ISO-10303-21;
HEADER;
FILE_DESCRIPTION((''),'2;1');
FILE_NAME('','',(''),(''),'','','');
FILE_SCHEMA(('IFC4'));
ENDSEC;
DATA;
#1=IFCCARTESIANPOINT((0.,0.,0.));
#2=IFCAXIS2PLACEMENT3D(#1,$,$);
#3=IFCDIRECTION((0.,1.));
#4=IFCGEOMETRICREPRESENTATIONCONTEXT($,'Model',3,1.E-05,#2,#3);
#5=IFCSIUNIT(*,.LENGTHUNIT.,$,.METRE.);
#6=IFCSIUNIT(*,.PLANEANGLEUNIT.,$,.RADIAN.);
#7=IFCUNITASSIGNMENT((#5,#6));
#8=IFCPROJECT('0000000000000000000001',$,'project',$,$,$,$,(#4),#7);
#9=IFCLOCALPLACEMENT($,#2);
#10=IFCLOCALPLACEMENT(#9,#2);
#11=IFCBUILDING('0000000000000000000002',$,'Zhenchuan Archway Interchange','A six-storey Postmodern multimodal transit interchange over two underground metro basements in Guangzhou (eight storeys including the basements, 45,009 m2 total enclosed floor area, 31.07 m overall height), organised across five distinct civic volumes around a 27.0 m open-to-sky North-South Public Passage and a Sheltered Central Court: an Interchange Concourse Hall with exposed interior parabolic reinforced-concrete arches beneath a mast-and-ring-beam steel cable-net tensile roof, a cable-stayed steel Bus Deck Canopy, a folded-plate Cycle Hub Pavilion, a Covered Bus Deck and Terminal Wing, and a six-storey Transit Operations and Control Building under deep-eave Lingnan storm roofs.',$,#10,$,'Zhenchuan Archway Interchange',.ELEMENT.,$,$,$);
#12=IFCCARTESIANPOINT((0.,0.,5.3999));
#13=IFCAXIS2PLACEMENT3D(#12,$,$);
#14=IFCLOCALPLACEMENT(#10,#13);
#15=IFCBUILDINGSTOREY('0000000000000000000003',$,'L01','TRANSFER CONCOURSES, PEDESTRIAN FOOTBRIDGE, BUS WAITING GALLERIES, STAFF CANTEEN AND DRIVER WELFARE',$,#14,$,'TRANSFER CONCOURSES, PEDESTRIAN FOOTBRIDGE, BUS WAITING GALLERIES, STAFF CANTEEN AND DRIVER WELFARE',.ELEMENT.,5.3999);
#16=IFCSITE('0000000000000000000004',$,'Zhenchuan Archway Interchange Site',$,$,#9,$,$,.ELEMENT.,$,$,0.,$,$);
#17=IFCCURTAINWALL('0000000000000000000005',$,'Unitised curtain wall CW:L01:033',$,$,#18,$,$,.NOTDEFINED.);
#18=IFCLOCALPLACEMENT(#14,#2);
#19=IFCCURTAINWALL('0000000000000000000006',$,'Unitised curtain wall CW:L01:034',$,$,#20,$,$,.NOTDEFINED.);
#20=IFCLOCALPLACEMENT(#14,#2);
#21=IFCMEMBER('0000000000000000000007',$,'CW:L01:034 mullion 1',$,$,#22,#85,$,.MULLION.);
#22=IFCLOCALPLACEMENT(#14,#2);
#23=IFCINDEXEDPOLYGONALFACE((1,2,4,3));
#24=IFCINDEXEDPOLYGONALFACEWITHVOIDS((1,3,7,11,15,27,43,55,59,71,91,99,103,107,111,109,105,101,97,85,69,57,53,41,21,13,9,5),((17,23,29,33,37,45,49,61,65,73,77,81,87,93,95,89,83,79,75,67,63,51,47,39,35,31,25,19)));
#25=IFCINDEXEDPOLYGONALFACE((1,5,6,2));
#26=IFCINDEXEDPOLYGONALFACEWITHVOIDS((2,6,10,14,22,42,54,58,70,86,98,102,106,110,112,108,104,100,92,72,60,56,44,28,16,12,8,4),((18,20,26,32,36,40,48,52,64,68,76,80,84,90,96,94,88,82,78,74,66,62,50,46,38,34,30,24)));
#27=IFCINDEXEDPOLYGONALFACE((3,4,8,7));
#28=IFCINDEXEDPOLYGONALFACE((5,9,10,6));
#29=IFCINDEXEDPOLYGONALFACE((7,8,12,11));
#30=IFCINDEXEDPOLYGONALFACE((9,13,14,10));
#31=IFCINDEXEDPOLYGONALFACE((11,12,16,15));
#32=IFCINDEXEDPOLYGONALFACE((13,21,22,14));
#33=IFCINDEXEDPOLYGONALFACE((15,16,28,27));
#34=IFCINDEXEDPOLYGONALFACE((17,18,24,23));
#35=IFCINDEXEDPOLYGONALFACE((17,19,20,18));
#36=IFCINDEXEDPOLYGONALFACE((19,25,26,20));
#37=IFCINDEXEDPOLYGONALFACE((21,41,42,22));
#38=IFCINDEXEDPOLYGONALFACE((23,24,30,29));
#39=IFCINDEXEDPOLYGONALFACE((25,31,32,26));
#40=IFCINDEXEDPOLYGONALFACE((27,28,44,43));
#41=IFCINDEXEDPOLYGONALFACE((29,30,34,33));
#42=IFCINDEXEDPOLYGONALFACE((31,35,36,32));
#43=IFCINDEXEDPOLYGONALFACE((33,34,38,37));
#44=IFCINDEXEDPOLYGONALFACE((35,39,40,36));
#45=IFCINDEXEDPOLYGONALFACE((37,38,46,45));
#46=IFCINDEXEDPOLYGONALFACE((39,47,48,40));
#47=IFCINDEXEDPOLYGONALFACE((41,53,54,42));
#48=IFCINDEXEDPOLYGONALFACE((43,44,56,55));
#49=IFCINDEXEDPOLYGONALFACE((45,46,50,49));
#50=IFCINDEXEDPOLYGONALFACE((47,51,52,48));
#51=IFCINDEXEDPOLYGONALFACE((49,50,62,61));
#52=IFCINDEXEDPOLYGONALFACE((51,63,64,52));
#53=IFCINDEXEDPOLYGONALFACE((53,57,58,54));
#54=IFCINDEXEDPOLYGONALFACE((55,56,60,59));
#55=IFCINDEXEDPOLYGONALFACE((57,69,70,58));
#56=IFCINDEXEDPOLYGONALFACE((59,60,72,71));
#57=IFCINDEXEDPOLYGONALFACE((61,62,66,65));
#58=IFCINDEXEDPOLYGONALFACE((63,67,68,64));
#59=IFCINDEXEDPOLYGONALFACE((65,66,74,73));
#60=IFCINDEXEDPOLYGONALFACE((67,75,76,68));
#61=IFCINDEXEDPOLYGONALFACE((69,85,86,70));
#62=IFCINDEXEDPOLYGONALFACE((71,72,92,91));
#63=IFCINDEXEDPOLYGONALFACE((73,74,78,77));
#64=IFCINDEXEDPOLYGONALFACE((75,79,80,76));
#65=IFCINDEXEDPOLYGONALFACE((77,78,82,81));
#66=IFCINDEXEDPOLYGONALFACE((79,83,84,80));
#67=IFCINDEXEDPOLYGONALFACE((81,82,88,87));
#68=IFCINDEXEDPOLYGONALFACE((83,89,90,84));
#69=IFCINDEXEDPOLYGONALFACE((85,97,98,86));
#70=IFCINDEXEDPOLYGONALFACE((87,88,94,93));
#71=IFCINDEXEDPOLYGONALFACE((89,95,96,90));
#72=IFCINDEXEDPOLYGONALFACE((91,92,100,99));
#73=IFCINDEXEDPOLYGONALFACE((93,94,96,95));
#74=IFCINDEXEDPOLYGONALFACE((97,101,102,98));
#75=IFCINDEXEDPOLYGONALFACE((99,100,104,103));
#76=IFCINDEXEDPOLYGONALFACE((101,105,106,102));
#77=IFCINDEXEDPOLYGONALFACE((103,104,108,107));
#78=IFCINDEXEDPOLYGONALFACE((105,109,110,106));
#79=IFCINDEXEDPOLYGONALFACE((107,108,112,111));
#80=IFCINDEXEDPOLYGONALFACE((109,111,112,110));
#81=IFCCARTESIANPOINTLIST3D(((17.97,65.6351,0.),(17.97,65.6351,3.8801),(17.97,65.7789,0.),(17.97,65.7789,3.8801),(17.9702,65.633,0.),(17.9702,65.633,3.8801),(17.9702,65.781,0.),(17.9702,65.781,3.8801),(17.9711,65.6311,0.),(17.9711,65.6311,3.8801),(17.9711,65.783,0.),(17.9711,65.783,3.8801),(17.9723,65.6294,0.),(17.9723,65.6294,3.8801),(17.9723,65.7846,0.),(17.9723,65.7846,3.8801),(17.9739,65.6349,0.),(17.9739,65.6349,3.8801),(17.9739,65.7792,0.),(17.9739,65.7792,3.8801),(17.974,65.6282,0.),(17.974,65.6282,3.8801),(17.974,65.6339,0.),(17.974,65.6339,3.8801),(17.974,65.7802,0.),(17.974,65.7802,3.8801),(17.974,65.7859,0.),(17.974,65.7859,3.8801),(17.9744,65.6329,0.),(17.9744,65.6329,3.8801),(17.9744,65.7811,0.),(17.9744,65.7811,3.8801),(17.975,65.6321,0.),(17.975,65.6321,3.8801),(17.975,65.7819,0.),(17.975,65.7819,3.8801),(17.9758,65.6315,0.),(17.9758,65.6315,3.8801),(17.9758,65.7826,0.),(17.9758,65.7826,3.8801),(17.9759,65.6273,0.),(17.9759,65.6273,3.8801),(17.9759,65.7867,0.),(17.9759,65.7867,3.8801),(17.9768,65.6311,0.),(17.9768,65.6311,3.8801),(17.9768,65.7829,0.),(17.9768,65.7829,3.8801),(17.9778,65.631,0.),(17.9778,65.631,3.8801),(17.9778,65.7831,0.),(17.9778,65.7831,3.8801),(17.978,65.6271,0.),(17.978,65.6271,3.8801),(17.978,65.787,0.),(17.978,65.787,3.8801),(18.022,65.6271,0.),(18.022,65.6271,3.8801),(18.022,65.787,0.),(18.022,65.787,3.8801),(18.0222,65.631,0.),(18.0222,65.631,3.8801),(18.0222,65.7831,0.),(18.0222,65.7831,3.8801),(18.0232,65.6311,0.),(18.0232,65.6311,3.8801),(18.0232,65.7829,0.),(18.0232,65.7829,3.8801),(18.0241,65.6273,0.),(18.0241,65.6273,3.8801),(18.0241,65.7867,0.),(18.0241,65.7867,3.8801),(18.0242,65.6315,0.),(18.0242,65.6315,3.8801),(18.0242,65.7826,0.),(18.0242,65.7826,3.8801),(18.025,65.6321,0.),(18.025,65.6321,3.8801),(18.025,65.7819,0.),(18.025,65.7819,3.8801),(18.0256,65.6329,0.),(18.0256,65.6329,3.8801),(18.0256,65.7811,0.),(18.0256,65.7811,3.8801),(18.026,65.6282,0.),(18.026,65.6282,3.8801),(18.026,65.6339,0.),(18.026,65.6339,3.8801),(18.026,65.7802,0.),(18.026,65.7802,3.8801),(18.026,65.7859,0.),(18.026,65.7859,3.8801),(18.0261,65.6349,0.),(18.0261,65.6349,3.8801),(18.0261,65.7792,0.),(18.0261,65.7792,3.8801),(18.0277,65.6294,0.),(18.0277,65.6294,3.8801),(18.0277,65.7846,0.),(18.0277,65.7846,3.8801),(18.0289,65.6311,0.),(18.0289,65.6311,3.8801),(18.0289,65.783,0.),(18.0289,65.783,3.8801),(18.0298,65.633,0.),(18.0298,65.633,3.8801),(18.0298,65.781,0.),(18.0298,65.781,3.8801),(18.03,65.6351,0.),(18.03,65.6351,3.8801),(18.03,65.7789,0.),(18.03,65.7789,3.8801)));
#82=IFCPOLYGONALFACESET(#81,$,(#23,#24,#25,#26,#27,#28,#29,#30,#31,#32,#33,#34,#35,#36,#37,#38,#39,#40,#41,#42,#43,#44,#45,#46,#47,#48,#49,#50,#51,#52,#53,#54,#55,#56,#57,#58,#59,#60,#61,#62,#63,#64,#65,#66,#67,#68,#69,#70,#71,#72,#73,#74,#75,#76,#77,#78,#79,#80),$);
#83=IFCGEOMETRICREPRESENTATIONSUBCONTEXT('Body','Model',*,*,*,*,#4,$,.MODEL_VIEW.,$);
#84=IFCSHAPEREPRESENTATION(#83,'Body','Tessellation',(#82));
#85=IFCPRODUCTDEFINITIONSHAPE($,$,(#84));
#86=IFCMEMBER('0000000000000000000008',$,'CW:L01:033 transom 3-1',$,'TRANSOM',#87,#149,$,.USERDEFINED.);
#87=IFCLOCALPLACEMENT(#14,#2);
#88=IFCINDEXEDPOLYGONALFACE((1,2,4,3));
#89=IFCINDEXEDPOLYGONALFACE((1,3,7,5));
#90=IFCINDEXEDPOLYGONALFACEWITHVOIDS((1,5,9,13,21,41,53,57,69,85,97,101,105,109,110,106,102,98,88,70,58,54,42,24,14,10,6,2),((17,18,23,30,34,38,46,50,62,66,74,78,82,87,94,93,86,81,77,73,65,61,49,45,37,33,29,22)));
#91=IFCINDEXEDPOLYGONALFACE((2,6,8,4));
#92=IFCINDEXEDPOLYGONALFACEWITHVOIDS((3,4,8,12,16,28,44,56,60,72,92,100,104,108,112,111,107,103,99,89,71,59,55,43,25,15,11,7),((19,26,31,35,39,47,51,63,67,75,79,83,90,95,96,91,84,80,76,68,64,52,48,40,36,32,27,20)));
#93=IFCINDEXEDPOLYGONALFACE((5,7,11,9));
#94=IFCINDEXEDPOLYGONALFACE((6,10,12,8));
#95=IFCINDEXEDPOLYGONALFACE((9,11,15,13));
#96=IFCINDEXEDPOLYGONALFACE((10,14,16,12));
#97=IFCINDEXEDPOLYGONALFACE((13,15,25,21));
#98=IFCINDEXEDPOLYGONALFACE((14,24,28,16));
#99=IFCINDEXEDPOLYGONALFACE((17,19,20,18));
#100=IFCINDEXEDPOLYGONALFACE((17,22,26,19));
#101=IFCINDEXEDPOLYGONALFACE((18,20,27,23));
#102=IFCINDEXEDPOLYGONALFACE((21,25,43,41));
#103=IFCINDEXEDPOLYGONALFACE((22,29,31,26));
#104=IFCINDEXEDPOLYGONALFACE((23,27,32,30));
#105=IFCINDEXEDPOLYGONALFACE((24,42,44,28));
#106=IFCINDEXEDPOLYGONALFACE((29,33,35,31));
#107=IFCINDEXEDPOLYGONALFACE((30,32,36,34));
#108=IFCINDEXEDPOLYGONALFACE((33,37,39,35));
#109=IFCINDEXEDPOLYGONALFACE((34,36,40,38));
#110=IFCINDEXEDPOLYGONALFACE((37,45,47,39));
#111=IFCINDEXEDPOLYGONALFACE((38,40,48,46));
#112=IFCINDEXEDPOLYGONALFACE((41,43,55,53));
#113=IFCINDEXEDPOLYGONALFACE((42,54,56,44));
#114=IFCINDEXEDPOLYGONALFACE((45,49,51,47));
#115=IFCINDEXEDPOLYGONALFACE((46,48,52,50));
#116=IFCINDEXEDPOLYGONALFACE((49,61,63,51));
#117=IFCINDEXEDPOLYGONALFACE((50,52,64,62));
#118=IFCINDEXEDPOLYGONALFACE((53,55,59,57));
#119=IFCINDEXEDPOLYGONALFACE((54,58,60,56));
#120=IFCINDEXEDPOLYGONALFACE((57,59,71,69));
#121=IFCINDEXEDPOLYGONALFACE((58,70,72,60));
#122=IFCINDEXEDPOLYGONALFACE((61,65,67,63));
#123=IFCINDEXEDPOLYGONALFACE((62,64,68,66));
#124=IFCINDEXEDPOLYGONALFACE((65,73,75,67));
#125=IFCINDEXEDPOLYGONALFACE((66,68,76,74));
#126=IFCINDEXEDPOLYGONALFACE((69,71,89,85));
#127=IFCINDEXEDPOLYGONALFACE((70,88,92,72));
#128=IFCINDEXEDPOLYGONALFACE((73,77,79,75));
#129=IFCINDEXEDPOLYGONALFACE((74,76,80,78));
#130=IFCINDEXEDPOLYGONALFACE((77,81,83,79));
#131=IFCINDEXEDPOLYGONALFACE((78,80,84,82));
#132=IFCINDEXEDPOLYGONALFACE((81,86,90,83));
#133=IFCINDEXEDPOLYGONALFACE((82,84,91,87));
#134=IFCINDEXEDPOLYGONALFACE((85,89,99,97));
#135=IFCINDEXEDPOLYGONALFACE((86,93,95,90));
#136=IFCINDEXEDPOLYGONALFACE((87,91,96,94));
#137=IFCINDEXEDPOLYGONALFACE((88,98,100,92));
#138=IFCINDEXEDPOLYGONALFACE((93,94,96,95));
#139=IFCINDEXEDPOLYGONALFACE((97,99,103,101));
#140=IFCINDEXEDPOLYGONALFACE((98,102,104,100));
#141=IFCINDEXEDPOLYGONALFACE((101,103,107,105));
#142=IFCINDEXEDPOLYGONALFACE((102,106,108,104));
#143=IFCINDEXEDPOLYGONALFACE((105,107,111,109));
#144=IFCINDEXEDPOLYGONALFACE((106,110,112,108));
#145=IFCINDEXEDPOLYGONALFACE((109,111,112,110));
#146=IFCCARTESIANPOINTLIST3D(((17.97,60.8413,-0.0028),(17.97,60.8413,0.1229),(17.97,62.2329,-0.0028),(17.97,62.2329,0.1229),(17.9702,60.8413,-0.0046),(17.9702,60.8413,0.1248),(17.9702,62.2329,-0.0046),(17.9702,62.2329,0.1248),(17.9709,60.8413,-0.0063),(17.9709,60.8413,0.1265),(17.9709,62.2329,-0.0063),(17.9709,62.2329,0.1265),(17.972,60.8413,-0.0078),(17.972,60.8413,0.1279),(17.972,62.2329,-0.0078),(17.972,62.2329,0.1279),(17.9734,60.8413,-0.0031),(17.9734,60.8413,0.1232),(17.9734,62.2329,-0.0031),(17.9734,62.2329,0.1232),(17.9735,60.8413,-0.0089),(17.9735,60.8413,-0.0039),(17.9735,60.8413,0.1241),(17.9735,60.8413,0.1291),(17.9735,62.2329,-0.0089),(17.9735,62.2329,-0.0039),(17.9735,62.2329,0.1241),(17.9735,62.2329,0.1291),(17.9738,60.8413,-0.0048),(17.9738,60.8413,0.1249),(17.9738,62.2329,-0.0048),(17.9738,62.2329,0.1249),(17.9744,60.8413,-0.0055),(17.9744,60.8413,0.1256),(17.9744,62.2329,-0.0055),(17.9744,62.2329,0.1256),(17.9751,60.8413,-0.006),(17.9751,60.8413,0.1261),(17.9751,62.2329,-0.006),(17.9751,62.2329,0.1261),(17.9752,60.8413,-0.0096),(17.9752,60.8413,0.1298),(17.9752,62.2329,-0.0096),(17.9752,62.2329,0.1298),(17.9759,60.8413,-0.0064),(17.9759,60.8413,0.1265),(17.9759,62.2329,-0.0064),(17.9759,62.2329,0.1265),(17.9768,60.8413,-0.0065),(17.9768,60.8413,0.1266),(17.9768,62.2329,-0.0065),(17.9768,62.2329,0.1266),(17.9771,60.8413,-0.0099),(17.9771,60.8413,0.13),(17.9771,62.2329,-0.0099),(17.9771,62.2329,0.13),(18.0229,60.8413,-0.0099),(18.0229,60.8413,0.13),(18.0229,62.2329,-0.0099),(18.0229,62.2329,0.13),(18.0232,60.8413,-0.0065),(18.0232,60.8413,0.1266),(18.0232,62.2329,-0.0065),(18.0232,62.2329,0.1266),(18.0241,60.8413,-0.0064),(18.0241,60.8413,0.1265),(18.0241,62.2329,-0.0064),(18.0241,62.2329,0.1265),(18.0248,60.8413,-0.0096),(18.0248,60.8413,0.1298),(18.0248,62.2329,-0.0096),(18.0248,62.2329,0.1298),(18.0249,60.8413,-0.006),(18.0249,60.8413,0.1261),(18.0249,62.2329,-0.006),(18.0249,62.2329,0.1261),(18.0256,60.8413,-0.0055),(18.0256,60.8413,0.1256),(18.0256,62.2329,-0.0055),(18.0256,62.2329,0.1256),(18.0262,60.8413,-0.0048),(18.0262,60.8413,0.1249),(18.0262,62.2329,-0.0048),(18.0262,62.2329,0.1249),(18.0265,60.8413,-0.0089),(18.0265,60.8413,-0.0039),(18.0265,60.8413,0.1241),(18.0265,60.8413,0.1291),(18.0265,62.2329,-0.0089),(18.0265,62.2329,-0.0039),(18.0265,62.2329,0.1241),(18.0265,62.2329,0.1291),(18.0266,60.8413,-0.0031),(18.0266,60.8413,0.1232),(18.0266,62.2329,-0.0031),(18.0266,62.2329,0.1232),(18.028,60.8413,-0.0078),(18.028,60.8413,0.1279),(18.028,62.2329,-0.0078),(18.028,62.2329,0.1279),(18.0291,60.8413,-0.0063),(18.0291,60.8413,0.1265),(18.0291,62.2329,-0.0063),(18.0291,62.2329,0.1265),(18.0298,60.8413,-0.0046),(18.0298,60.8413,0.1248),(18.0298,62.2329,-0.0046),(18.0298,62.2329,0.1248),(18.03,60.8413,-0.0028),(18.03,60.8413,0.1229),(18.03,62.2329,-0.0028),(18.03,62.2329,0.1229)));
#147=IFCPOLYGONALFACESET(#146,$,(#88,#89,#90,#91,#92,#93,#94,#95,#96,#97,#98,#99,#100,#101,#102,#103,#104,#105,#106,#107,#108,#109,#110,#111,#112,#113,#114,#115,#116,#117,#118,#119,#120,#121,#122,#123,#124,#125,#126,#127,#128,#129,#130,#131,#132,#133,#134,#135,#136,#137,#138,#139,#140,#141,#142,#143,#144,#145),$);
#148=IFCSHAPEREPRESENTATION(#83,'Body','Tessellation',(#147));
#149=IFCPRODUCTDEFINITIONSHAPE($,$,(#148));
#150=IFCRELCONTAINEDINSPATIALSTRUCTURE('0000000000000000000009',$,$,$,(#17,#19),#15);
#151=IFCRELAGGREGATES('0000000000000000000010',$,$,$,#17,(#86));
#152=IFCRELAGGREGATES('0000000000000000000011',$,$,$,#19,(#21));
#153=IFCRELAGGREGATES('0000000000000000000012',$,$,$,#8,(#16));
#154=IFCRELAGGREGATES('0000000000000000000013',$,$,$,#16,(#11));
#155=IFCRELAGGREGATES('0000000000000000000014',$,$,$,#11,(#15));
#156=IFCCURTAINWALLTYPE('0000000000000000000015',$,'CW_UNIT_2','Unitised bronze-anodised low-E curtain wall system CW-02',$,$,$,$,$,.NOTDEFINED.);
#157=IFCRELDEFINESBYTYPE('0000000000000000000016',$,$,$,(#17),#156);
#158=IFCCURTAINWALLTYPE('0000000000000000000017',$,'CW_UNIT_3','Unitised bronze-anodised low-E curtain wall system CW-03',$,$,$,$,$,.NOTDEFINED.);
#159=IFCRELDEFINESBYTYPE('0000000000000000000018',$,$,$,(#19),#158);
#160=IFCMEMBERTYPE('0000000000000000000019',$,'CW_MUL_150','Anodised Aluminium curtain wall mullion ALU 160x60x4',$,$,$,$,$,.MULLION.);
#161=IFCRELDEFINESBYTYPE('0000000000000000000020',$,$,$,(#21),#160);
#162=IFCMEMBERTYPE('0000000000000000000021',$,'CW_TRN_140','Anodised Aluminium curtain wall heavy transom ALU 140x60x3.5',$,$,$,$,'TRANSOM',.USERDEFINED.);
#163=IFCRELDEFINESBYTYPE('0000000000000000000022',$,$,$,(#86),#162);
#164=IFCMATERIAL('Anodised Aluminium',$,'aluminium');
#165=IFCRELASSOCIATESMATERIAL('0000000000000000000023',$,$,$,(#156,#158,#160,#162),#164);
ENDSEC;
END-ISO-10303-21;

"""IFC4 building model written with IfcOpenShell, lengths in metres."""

from ifc_helpers import new_model, si_unit, direction, frame, origin, origin_2d, place, context, subcontext, project, spatial, hollow_rectangle, extrude, material, material_profile, profile_set, type_object, element, aggregate, save


model = new_model("IFC4")

# Units and contexts
model_context = context("Model", 3, precision=1e-05, world=origin(), true_north=direction((0.0, 1.0)))
body_context = subcontext(model_context, "Body", "Model", "MODEL_VIEW")
ifc_project = project(units=[si_unit("LENGTHUNIT", "METRE"), si_unit("PLANEANGLEUNIT", "RADIAN")], contexts=[model_context])

# Site, building, storey
site_placement = place(None, origin())
site = spatial("IfcSite", under=ifc_project, at=site_placement, Name="Zhenchuan Archway Interchange Site", CompositionType="ELEMENT", RefElevation=0.0)
building_placement = place(site_placement, origin())
building = spatial("IfcBuilding", under=site, at=building_placement, Name="Zhenchuan Archway Interchange", Description="A six-storey Postmodern multimodal transit interchange over two underground metro basements in Guangzhou (eight storeys including the basements, 45,009 m2 total enclosed floor area, 31.07 m overall height), organised across five distinct civic volumes around a 27.0 m open-to-sky North-South Public Passage and a Sheltered Central Court: an Interchange Concourse Hall with exposed interior parabolic reinforced-concrete arches beneath a mast-and-ring-beam steel cable-net tensile roof, a cable-stayed steel Bus Deck Canopy, a folded-plate Cycle Hub Pavilion, a Covered Bus Deck and Terminal Wing, and a six-storey Transit Operations and Control Building under deep-eave Lingnan storm roofs.", LongName="Zhenchuan Archway Interchange", CompositionType="ELEMENT")
storey_placement = place(building_placement, frame((0.0, 0.0, 5.3999)))
storey = spatial("IfcBuildingStorey", under=building, at=storey_placement, Name="L01", Description="TRANSFER CONCOURSES, PEDESTRIAN FOOTBRIDGE, BUS WAITING GALLERIES, STAFF CANTEEN AND DRIVER WELFARE", LongName="TRANSFER CONCOURSES, PEDESTRIAN FOOTBRIDGE, BUS WAITING GALLERIES, STAFF CANTEEN AND DRIVER WELFARE", CompositionType="ELEMENT", Elevation=5.3999)

# Curtain walls, member
ifc_material_1 = material(Name="Anodised Aluminium", Category="aluminium")
curtain_wall_type_1 = type_object("IfcCurtainWallType", Name="CW_UNIT_2", Description="Unitised bronze-anodised low-E curtain wall system CW-02", PredefinedType="NOTDEFINED", material=ifc_material_1)
curtain_wall_1_placement = place(storey_placement, origin())
curtain_wall_1 = element("IfcCurtainWall", 1, at=curtain_wall_1_placement, inside=storey, type_object=curtain_wall_type_1, Name="Unitised curtain wall CW:L01:033", PredefinedType="NOTDEFINED")
ifc_material_profile_1 = material_profile(ifc_material_1, hollow_rectangle(XDim=0.0601, YDim=0.1599, WallThickness=0.0039, InnerFilletRadius=0.0039, OuterFilletRadius=0.0081, at=origin_2d()), Name="ALU 160x60x4")
ifc_profile_set_1 = profile_set([ifc_material_profile_1], Name="Anodised Aluminium")
member_type_1 = type_object("IfcMemberType", Name="CW_MUL_150", Description="Anodised Aluminium curtain wall mullion ALU 160x60x4", PredefinedType="MULLION", material=ifc_profile_set_1)
curtain_wall_type_2 = type_object("IfcCurtainWallType", Name="CW_UNIT_3", Description="Unitised bronze-anodised low-E curtain wall system CW-03", PredefinedType="NOTDEFINED", material=ifc_material_1)
curtain_wall_2_placement = place(storey_placement, origin())
curtain_wall_2 = element("IfcCurtainWall", 2, at=curtain_wall_2_placement, inside=storey, type_object=curtain_wall_type_2, Name="Unitised curtain wall CW:L01:034", PredefinedType="NOTDEFINED")
member_1_placement = place(storey_placement, frame((18.0, 65.707, 0.0), z_axis=(0.0, 0.0, 1.0), x_axis=(1.0, 0.0, 0.0)))
member_1 = element("IfcMember", 3, at=member_1_placement, type_object=member_type_1, Name="CW:L01:034 mullion 1", PredefinedType="MULLION", context=body_context, shape_type="SweptSolid", body=[
    extrude(hollow_rectangle(XDim=0.0601, YDim=0.1599, WallThickness=0.0039, InnerFilletRadius=0.0039, OuterFilletRadius=0.0081, at=origin_2d()), origin(), (0.0, 0.0, 1.0), 3.8801),
])

# Member
ifc_material_profile_2 = material_profile(ifc_material_1, hollow_rectangle(XDim=0.0601, YDim=0.1399, WallThickness=0.0034, InnerFilletRadius=0.0034, OuterFilletRadius=0.0071, at=origin_2d()), Name="ALU 140x60x3.5")
ifc_profile_set_2 = profile_set([ifc_material_profile_2], Name="Anodised Aluminium")
member_type_2 = type_object("IfcMemberType", Name="CW_TRN_140", Description="Anodised Aluminium curtain wall heavy transom ALU 140x60x3.5", ElementType="TRANSOM", PredefinedType="USERDEFINED", material=ifc_profile_set_2)
member_2_placement = place(storey_placement, frame((18.0, 60.8413, 0.0601), z_axis=(0.0, 1.0, 0.0), x_axis=(-1.0, 0.0, 0.0)))
member_2 = element("IfcMember", 4, at=member_2_placement, type_object=member_type_2, Name="CW:L01:033 transom 3-1", ObjectType="TRANSOM", PredefinedType="USERDEFINED", context=body_context, shape_type="SweptSolid", body=[
    extrude(hollow_rectangle(XDim=0.0601, YDim=0.1399, WallThickness=0.0034, InnerFilletRadius=0.0034, OuterFilletRadius=0.0071, at=origin_2d()), origin(), (0.0, 0.0, 1.0), 1.3916),
])

aggregate(curtain_wall_1, [member_2])
aggregate(curtain_wall_2, [member_1])

save(model, "model.ifc")
